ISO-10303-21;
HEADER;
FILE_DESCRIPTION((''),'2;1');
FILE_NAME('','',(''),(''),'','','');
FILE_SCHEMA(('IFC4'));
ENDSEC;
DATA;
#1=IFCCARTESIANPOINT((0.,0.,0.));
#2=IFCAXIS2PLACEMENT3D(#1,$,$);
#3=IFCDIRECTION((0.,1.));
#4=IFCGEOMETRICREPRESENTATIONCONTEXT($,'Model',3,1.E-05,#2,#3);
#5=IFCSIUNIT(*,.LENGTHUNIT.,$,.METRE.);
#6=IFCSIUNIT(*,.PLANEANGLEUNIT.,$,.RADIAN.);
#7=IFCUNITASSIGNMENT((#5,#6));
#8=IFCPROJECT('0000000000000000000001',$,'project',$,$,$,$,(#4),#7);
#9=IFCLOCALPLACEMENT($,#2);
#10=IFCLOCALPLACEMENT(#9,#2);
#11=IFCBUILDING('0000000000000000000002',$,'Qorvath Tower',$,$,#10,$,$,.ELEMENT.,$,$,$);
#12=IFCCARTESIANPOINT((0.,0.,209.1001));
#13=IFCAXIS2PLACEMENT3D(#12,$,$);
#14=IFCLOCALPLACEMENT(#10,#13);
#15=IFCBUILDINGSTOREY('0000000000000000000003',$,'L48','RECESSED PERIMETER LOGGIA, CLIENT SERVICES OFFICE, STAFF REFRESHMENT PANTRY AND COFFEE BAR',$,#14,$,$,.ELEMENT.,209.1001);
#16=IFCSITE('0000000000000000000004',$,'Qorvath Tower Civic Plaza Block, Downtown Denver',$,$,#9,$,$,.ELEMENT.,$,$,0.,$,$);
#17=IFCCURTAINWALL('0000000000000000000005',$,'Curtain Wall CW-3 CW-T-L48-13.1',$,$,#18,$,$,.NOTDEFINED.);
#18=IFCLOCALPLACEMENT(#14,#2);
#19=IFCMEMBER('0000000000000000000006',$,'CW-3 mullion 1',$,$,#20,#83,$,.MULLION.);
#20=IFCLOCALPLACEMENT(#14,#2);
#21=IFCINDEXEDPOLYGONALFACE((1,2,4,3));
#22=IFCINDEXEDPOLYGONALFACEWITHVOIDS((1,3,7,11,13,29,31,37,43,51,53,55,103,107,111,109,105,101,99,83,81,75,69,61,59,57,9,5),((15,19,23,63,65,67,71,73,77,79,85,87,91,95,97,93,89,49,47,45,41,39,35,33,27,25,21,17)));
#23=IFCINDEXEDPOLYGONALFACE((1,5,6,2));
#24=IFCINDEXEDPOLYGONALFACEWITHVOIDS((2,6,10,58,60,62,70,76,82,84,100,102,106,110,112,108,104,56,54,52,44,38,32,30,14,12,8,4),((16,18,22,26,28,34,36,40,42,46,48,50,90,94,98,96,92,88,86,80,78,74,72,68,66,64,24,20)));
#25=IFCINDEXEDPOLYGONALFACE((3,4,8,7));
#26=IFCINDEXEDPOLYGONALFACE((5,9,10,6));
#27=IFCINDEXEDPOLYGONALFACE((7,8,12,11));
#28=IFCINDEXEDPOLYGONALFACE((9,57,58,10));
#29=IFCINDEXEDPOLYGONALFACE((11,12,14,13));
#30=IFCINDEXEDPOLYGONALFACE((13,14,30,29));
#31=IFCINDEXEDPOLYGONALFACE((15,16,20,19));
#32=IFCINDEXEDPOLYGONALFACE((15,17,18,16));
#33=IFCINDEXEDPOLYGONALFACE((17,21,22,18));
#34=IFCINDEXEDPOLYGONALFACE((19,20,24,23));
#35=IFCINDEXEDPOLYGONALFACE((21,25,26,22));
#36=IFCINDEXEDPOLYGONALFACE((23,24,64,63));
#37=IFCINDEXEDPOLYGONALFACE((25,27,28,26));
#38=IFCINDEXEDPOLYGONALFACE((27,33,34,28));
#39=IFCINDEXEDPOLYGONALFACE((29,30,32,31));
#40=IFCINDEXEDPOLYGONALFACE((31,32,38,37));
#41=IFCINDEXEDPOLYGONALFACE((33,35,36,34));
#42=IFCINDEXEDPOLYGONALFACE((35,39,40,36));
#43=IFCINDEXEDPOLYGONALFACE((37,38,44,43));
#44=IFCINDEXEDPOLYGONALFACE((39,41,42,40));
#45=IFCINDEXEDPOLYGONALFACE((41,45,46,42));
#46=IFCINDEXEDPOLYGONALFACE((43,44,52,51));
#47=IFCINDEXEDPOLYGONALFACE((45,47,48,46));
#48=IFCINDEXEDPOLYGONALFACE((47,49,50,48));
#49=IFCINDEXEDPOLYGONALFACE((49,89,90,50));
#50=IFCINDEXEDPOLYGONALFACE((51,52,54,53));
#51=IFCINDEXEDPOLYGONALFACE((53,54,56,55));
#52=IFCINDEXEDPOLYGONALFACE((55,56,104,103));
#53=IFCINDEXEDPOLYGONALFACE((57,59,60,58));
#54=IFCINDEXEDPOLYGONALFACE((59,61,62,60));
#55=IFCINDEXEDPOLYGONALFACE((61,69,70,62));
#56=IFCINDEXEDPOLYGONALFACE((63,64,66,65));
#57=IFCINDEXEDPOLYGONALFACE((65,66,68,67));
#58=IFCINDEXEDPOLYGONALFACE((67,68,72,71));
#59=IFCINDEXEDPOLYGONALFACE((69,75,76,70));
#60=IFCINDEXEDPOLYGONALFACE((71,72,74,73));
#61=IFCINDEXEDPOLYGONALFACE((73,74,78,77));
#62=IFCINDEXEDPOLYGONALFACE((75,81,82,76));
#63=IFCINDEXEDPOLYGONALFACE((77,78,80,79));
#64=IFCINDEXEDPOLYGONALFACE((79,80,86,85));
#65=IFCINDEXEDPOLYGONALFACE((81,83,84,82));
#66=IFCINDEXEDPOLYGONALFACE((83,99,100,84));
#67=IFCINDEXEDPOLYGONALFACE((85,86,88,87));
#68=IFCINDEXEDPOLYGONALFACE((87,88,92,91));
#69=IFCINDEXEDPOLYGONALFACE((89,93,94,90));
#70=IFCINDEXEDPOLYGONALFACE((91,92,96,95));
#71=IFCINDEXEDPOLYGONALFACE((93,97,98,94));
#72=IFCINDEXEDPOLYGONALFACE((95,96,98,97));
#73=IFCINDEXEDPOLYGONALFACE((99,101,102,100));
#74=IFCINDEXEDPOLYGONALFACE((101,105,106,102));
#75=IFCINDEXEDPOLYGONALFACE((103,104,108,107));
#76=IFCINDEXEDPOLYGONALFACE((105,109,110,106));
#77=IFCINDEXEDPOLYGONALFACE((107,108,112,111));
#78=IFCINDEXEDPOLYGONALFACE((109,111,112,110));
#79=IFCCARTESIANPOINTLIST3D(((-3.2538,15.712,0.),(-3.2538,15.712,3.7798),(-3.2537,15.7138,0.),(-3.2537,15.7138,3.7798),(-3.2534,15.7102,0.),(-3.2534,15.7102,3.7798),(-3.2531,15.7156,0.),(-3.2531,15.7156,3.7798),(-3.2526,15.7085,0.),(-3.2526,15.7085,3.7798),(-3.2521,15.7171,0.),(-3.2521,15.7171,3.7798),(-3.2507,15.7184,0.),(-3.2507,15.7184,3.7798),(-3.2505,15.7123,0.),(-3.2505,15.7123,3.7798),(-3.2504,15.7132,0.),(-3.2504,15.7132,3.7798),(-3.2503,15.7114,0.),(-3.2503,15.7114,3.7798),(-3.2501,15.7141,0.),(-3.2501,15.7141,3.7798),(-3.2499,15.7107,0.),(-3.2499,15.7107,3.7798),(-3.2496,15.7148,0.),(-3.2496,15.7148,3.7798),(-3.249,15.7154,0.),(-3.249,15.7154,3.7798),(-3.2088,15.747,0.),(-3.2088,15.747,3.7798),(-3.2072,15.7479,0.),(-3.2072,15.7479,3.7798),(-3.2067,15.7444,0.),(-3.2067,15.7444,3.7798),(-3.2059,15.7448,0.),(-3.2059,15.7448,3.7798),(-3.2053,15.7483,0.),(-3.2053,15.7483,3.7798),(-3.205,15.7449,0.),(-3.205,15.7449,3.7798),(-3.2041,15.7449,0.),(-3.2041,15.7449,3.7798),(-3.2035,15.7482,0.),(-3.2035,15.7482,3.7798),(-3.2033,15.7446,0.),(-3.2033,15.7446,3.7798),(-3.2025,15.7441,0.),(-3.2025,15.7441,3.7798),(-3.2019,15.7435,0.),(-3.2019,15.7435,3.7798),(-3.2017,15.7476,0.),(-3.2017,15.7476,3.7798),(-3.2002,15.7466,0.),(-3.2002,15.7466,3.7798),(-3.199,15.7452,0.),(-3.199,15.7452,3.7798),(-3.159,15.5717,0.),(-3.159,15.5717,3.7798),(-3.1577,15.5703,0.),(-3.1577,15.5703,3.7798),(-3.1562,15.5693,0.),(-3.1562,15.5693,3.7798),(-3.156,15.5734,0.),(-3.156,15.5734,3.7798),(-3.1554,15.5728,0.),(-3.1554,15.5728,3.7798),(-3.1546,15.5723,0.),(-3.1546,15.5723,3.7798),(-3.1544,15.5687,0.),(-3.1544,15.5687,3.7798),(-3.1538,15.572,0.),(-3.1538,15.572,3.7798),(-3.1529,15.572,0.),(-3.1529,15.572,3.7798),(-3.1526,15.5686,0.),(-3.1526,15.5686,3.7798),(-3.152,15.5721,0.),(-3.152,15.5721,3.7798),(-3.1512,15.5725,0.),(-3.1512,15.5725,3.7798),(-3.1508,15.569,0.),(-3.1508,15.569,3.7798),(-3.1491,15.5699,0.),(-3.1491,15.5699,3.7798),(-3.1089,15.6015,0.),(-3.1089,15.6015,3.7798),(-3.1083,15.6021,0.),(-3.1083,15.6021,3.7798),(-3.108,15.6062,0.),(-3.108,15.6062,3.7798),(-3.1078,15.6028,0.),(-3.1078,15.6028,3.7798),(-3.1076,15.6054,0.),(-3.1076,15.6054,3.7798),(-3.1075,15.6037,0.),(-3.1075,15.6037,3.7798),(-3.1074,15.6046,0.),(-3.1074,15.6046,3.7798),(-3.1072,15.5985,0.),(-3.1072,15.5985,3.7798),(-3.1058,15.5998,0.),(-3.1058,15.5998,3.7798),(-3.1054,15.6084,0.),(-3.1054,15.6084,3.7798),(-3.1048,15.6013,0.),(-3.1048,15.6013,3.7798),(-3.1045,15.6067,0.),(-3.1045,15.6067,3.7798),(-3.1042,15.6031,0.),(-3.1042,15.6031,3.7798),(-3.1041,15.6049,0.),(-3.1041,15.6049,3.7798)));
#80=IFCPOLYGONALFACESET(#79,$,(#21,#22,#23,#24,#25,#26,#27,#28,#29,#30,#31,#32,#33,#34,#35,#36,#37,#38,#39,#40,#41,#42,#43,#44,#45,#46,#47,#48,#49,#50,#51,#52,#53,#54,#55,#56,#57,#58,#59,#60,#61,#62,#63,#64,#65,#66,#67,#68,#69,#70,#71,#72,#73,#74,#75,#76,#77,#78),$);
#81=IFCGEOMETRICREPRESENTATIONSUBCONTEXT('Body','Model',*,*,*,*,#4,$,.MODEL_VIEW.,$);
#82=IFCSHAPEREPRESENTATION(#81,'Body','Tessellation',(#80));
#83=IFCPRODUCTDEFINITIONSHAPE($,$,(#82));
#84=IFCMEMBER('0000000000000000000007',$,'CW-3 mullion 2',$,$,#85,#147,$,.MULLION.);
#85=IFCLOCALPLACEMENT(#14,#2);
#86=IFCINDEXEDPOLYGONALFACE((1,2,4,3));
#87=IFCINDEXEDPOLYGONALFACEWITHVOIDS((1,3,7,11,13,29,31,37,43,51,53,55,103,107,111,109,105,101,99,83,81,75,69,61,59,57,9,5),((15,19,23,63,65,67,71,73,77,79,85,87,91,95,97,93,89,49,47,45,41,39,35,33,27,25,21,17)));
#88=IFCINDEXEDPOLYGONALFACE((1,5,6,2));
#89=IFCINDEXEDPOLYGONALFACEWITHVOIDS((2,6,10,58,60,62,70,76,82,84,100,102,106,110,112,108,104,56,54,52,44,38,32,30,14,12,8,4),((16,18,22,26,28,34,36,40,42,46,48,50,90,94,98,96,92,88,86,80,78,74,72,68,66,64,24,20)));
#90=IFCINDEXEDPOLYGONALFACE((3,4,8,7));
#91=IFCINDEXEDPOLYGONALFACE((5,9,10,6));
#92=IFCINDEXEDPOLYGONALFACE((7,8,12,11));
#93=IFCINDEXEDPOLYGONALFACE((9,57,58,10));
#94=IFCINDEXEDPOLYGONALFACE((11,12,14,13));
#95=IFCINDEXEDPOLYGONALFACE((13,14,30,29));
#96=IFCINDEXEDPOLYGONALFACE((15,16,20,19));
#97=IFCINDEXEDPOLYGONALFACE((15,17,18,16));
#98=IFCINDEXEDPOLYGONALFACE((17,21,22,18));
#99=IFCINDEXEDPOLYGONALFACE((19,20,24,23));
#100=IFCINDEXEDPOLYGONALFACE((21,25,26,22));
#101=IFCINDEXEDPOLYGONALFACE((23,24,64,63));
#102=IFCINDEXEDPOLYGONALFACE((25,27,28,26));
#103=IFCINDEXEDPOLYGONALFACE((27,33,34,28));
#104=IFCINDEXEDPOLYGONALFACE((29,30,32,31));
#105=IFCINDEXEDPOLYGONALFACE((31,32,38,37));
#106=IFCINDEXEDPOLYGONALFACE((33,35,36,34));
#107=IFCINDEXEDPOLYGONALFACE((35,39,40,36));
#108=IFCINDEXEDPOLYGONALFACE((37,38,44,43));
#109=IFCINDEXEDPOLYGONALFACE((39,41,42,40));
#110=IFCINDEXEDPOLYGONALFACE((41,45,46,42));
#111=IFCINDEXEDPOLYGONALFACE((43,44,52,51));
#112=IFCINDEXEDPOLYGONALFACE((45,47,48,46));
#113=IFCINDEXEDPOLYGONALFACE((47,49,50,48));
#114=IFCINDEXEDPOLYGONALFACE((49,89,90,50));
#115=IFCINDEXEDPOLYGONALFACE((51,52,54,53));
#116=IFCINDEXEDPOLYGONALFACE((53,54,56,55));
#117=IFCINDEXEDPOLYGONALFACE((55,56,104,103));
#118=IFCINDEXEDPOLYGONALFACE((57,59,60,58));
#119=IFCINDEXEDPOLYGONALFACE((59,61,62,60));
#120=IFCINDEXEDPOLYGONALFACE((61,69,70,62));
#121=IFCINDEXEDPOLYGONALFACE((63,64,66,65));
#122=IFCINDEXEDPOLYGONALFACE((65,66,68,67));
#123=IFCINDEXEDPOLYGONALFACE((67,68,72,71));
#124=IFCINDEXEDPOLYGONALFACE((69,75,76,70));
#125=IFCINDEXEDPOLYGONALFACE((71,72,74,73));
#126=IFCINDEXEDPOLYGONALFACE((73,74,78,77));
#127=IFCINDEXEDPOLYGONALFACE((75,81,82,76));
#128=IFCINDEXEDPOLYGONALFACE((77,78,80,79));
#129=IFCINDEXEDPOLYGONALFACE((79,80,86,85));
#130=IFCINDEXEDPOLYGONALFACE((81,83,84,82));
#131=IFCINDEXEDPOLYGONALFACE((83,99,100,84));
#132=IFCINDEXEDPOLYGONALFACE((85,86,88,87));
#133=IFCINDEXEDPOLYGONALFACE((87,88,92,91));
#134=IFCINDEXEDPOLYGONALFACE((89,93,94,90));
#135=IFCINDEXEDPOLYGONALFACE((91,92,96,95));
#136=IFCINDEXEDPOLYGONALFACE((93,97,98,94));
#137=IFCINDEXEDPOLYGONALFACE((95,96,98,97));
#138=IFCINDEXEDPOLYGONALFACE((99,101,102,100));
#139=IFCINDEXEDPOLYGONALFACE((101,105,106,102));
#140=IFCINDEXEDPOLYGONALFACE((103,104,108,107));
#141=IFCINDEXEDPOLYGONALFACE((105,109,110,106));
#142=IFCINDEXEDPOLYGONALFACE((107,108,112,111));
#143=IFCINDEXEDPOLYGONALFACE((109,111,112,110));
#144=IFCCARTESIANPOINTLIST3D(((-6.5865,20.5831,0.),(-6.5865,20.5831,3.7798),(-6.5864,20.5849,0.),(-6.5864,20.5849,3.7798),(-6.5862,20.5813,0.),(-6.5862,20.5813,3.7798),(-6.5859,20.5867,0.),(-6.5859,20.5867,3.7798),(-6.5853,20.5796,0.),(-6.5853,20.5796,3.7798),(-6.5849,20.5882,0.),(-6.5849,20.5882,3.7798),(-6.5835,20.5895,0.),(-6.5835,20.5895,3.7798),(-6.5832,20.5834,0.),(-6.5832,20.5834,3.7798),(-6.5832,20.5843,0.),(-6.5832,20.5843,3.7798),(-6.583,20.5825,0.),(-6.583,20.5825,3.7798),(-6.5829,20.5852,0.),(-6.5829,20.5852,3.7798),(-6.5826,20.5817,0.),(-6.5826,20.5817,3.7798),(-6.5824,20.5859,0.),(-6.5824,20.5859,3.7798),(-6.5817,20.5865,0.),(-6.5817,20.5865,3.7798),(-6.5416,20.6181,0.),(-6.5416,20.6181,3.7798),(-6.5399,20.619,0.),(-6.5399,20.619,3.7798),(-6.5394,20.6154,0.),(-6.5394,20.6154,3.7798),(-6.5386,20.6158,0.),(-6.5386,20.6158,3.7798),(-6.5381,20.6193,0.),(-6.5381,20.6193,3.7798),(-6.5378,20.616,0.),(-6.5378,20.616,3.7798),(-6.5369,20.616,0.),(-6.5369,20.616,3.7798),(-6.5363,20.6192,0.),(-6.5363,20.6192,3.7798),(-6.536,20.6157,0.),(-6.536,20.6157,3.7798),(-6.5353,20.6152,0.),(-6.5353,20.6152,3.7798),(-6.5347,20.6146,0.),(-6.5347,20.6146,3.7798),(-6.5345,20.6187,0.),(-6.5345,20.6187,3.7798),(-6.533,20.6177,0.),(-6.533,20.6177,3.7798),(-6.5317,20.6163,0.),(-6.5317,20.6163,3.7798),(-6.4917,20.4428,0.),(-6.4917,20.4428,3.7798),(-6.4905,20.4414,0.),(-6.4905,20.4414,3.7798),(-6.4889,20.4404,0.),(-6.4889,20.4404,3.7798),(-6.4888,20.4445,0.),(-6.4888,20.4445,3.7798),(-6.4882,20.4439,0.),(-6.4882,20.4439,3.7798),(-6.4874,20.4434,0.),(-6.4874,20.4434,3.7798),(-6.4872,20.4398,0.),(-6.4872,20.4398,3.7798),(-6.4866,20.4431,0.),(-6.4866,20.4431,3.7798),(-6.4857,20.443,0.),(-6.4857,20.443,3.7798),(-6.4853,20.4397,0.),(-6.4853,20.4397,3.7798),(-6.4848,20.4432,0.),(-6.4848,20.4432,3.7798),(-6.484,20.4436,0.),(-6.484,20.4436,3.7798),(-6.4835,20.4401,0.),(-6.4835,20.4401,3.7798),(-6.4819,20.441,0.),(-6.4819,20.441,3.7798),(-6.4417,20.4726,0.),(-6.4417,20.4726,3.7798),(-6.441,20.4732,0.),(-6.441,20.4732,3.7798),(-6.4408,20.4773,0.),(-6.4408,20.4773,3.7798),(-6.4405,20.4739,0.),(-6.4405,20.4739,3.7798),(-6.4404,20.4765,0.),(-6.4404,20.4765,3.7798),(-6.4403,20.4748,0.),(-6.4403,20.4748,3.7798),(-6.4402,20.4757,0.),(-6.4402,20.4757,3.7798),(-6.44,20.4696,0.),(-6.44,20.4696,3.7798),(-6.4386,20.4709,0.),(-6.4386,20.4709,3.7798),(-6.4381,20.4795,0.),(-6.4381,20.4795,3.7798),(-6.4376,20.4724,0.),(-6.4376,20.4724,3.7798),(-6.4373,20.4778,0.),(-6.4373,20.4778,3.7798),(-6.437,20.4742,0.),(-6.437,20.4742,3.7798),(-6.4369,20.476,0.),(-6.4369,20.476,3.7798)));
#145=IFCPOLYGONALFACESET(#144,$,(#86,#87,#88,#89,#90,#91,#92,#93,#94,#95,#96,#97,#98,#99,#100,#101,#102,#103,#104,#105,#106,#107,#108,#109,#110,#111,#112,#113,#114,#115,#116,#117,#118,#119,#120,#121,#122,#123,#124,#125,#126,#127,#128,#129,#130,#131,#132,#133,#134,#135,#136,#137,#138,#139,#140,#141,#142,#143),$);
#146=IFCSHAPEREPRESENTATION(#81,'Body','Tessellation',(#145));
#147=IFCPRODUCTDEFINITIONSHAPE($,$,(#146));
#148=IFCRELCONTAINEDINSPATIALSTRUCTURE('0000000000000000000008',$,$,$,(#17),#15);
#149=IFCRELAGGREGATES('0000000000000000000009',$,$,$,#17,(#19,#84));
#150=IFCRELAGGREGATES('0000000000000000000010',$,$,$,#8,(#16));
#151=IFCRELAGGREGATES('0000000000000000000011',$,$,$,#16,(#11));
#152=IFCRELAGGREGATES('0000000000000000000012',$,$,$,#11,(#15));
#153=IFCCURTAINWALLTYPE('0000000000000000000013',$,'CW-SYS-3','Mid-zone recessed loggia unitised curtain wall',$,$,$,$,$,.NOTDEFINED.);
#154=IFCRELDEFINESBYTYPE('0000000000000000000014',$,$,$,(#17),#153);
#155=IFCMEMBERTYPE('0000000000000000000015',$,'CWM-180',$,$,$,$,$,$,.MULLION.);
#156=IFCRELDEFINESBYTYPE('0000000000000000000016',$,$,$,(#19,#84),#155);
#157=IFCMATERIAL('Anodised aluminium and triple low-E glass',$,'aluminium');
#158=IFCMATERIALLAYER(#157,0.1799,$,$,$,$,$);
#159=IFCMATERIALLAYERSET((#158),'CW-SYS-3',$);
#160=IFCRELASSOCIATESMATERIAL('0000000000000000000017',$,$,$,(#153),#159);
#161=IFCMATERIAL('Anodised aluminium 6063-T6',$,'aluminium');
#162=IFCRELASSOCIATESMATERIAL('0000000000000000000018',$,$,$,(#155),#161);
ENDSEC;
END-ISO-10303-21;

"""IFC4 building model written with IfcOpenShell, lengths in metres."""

from ifc_helpers import new_model, si_unit, direction, frame, origin, origin_2d, place, context, subcontext, project, spatial, hollow_rectangle, extrude, material, layer, layer_set, material_profile, profile_set, type_object, element, aggregate, save


model = new_model("IFC4")

# Units and contexts
model_context = context("Model", 3, precision=1e-05, world=origin(), true_north=direction((0.0, 1.0)))
body_context = subcontext(model_context, "Body", "Model", "MODEL_VIEW")
ifc_project = project(units=[si_unit("LENGTHUNIT", "METRE"), si_unit("PLANEANGLEUNIT", "RADIAN")], contexts=[model_context])

# Site, building, storey
site_placement = place(None, origin())
site = spatial("IfcSite", under=ifc_project, at=site_placement, Name="Qorvath Tower Civic Plaza Block, Downtown Denver", CompositionType="ELEMENT", RefElevation=0.0)
building_placement = place(site_placement, origin())
building = spatial("IfcBuilding", under=site, at=building_placement, Name="Qorvath Tower", CompositionType="ELEMENT")
storey_placement = place(building_placement, frame((0.0, 0.0, 209.1001)))
storey = spatial("IfcBuildingStorey", under=building, at=storey_placement, Name="L48", Description="RECESSED PERIMETER LOGGIA, CLIENT SERVICES OFFICE, STAFF REFRESHMENT PANTRY AND COFFEE BAR", CompositionType="ELEMENT", Elevation=209.1001)

# Shared definitions
ifc_material_1 = material(Name="Anodised aluminium and triple low-E glass", Category="aluminium")
ifc_layer_1 = layer(ifc_material_1, 0.1799)
ifc_layer_set_1 = layer_set([ifc_layer_1], Name="CW-SYS-3")
curtain_wall_type = type_object("IfcCurtainWallType", Name="CW-SYS-3", Description="Mid-zone recessed loggia unitised curtain wall", PredefinedType="NOTDEFINED", material=ifc_layer_set_1)
ifc_material_2 = material(Name="Anodised aluminium 6063-T6", Category="aluminium")
ifc_material_profile_1 = material_profile(ifc_material_2, hollow_rectangle(XDim=0.0649, YDim=0.1799, WallThickness=0.0034, InnerFilletRadius=0.0034, OuterFilletRadius=0.0071, at=origin_2d()), Name="CWM 180x65")
ifc_profile_set_1 = profile_set([ifc_material_profile_1], Name="Anodised aluminium 6063-T6")
member_type_1 = type_object("IfcMemberType", Name="CWM-180", PredefinedType="MULLION", material=ifc_profile_set_1)

# Curtain wall, members
curtain_wall_1_placement = place(storey_placement, origin())
curtain_wall_1 = element("IfcCurtainWall", 1, at=curtain_wall_1_placement, inside=storey, type_object=curtain_wall_type, Name="Curtain Wall CW-3 CW-T-L48-13.1", PredefinedType="NOTDEFINED")
member_1_placement = place(storey_placement, frame((-3.179, 15.6584, 0.0), z_axis=(0.0, 0.0, 1.0), x_axis=(-0.825323, -0.564661, 0.0)))
member_1 = element("IfcMember", 2, at=member_1_placement, type_object=member_type_1, Name="CW-3 mullion 1", PredefinedType="MULLION", context=body_context, shape_type="SweptSolid", body=[
    extrude(hollow_rectangle(XDim=0.0649, YDim=0.1799, WallThickness=0.0034, InnerFilletRadius=0.0034, OuterFilletRadius=0.0071, at=origin_2d()), origin(), (0.0, 0.0, 1.0), 3.7798),
])
member_2_placement = place(storey_placement, frame((-6.5117, 20.5295, 0.0), z_axis=(0.0, 0.0, 1.0), x_axis=(-0.825323, -0.564661, 0.0)))
member_2 = element("IfcMember", 3, at=member_2_placement, type_object=member_type_1, Name="CW-3 mullion 2", PredefinedType="MULLION", context=body_context, shape_type="SweptSolid", body=[
    extrude(hollow_rectangle(XDim=0.0649, YDim=0.1799, WallThickness=0.0034, InnerFilletRadius=0.0034, OuterFilletRadius=0.0071, at=origin_2d()), origin(), (0.0, 0.0, 1.0), 3.7798),
])

aggregate(curtain_wall_1, [member_1, member_2])

save(model, "model.ifc")
